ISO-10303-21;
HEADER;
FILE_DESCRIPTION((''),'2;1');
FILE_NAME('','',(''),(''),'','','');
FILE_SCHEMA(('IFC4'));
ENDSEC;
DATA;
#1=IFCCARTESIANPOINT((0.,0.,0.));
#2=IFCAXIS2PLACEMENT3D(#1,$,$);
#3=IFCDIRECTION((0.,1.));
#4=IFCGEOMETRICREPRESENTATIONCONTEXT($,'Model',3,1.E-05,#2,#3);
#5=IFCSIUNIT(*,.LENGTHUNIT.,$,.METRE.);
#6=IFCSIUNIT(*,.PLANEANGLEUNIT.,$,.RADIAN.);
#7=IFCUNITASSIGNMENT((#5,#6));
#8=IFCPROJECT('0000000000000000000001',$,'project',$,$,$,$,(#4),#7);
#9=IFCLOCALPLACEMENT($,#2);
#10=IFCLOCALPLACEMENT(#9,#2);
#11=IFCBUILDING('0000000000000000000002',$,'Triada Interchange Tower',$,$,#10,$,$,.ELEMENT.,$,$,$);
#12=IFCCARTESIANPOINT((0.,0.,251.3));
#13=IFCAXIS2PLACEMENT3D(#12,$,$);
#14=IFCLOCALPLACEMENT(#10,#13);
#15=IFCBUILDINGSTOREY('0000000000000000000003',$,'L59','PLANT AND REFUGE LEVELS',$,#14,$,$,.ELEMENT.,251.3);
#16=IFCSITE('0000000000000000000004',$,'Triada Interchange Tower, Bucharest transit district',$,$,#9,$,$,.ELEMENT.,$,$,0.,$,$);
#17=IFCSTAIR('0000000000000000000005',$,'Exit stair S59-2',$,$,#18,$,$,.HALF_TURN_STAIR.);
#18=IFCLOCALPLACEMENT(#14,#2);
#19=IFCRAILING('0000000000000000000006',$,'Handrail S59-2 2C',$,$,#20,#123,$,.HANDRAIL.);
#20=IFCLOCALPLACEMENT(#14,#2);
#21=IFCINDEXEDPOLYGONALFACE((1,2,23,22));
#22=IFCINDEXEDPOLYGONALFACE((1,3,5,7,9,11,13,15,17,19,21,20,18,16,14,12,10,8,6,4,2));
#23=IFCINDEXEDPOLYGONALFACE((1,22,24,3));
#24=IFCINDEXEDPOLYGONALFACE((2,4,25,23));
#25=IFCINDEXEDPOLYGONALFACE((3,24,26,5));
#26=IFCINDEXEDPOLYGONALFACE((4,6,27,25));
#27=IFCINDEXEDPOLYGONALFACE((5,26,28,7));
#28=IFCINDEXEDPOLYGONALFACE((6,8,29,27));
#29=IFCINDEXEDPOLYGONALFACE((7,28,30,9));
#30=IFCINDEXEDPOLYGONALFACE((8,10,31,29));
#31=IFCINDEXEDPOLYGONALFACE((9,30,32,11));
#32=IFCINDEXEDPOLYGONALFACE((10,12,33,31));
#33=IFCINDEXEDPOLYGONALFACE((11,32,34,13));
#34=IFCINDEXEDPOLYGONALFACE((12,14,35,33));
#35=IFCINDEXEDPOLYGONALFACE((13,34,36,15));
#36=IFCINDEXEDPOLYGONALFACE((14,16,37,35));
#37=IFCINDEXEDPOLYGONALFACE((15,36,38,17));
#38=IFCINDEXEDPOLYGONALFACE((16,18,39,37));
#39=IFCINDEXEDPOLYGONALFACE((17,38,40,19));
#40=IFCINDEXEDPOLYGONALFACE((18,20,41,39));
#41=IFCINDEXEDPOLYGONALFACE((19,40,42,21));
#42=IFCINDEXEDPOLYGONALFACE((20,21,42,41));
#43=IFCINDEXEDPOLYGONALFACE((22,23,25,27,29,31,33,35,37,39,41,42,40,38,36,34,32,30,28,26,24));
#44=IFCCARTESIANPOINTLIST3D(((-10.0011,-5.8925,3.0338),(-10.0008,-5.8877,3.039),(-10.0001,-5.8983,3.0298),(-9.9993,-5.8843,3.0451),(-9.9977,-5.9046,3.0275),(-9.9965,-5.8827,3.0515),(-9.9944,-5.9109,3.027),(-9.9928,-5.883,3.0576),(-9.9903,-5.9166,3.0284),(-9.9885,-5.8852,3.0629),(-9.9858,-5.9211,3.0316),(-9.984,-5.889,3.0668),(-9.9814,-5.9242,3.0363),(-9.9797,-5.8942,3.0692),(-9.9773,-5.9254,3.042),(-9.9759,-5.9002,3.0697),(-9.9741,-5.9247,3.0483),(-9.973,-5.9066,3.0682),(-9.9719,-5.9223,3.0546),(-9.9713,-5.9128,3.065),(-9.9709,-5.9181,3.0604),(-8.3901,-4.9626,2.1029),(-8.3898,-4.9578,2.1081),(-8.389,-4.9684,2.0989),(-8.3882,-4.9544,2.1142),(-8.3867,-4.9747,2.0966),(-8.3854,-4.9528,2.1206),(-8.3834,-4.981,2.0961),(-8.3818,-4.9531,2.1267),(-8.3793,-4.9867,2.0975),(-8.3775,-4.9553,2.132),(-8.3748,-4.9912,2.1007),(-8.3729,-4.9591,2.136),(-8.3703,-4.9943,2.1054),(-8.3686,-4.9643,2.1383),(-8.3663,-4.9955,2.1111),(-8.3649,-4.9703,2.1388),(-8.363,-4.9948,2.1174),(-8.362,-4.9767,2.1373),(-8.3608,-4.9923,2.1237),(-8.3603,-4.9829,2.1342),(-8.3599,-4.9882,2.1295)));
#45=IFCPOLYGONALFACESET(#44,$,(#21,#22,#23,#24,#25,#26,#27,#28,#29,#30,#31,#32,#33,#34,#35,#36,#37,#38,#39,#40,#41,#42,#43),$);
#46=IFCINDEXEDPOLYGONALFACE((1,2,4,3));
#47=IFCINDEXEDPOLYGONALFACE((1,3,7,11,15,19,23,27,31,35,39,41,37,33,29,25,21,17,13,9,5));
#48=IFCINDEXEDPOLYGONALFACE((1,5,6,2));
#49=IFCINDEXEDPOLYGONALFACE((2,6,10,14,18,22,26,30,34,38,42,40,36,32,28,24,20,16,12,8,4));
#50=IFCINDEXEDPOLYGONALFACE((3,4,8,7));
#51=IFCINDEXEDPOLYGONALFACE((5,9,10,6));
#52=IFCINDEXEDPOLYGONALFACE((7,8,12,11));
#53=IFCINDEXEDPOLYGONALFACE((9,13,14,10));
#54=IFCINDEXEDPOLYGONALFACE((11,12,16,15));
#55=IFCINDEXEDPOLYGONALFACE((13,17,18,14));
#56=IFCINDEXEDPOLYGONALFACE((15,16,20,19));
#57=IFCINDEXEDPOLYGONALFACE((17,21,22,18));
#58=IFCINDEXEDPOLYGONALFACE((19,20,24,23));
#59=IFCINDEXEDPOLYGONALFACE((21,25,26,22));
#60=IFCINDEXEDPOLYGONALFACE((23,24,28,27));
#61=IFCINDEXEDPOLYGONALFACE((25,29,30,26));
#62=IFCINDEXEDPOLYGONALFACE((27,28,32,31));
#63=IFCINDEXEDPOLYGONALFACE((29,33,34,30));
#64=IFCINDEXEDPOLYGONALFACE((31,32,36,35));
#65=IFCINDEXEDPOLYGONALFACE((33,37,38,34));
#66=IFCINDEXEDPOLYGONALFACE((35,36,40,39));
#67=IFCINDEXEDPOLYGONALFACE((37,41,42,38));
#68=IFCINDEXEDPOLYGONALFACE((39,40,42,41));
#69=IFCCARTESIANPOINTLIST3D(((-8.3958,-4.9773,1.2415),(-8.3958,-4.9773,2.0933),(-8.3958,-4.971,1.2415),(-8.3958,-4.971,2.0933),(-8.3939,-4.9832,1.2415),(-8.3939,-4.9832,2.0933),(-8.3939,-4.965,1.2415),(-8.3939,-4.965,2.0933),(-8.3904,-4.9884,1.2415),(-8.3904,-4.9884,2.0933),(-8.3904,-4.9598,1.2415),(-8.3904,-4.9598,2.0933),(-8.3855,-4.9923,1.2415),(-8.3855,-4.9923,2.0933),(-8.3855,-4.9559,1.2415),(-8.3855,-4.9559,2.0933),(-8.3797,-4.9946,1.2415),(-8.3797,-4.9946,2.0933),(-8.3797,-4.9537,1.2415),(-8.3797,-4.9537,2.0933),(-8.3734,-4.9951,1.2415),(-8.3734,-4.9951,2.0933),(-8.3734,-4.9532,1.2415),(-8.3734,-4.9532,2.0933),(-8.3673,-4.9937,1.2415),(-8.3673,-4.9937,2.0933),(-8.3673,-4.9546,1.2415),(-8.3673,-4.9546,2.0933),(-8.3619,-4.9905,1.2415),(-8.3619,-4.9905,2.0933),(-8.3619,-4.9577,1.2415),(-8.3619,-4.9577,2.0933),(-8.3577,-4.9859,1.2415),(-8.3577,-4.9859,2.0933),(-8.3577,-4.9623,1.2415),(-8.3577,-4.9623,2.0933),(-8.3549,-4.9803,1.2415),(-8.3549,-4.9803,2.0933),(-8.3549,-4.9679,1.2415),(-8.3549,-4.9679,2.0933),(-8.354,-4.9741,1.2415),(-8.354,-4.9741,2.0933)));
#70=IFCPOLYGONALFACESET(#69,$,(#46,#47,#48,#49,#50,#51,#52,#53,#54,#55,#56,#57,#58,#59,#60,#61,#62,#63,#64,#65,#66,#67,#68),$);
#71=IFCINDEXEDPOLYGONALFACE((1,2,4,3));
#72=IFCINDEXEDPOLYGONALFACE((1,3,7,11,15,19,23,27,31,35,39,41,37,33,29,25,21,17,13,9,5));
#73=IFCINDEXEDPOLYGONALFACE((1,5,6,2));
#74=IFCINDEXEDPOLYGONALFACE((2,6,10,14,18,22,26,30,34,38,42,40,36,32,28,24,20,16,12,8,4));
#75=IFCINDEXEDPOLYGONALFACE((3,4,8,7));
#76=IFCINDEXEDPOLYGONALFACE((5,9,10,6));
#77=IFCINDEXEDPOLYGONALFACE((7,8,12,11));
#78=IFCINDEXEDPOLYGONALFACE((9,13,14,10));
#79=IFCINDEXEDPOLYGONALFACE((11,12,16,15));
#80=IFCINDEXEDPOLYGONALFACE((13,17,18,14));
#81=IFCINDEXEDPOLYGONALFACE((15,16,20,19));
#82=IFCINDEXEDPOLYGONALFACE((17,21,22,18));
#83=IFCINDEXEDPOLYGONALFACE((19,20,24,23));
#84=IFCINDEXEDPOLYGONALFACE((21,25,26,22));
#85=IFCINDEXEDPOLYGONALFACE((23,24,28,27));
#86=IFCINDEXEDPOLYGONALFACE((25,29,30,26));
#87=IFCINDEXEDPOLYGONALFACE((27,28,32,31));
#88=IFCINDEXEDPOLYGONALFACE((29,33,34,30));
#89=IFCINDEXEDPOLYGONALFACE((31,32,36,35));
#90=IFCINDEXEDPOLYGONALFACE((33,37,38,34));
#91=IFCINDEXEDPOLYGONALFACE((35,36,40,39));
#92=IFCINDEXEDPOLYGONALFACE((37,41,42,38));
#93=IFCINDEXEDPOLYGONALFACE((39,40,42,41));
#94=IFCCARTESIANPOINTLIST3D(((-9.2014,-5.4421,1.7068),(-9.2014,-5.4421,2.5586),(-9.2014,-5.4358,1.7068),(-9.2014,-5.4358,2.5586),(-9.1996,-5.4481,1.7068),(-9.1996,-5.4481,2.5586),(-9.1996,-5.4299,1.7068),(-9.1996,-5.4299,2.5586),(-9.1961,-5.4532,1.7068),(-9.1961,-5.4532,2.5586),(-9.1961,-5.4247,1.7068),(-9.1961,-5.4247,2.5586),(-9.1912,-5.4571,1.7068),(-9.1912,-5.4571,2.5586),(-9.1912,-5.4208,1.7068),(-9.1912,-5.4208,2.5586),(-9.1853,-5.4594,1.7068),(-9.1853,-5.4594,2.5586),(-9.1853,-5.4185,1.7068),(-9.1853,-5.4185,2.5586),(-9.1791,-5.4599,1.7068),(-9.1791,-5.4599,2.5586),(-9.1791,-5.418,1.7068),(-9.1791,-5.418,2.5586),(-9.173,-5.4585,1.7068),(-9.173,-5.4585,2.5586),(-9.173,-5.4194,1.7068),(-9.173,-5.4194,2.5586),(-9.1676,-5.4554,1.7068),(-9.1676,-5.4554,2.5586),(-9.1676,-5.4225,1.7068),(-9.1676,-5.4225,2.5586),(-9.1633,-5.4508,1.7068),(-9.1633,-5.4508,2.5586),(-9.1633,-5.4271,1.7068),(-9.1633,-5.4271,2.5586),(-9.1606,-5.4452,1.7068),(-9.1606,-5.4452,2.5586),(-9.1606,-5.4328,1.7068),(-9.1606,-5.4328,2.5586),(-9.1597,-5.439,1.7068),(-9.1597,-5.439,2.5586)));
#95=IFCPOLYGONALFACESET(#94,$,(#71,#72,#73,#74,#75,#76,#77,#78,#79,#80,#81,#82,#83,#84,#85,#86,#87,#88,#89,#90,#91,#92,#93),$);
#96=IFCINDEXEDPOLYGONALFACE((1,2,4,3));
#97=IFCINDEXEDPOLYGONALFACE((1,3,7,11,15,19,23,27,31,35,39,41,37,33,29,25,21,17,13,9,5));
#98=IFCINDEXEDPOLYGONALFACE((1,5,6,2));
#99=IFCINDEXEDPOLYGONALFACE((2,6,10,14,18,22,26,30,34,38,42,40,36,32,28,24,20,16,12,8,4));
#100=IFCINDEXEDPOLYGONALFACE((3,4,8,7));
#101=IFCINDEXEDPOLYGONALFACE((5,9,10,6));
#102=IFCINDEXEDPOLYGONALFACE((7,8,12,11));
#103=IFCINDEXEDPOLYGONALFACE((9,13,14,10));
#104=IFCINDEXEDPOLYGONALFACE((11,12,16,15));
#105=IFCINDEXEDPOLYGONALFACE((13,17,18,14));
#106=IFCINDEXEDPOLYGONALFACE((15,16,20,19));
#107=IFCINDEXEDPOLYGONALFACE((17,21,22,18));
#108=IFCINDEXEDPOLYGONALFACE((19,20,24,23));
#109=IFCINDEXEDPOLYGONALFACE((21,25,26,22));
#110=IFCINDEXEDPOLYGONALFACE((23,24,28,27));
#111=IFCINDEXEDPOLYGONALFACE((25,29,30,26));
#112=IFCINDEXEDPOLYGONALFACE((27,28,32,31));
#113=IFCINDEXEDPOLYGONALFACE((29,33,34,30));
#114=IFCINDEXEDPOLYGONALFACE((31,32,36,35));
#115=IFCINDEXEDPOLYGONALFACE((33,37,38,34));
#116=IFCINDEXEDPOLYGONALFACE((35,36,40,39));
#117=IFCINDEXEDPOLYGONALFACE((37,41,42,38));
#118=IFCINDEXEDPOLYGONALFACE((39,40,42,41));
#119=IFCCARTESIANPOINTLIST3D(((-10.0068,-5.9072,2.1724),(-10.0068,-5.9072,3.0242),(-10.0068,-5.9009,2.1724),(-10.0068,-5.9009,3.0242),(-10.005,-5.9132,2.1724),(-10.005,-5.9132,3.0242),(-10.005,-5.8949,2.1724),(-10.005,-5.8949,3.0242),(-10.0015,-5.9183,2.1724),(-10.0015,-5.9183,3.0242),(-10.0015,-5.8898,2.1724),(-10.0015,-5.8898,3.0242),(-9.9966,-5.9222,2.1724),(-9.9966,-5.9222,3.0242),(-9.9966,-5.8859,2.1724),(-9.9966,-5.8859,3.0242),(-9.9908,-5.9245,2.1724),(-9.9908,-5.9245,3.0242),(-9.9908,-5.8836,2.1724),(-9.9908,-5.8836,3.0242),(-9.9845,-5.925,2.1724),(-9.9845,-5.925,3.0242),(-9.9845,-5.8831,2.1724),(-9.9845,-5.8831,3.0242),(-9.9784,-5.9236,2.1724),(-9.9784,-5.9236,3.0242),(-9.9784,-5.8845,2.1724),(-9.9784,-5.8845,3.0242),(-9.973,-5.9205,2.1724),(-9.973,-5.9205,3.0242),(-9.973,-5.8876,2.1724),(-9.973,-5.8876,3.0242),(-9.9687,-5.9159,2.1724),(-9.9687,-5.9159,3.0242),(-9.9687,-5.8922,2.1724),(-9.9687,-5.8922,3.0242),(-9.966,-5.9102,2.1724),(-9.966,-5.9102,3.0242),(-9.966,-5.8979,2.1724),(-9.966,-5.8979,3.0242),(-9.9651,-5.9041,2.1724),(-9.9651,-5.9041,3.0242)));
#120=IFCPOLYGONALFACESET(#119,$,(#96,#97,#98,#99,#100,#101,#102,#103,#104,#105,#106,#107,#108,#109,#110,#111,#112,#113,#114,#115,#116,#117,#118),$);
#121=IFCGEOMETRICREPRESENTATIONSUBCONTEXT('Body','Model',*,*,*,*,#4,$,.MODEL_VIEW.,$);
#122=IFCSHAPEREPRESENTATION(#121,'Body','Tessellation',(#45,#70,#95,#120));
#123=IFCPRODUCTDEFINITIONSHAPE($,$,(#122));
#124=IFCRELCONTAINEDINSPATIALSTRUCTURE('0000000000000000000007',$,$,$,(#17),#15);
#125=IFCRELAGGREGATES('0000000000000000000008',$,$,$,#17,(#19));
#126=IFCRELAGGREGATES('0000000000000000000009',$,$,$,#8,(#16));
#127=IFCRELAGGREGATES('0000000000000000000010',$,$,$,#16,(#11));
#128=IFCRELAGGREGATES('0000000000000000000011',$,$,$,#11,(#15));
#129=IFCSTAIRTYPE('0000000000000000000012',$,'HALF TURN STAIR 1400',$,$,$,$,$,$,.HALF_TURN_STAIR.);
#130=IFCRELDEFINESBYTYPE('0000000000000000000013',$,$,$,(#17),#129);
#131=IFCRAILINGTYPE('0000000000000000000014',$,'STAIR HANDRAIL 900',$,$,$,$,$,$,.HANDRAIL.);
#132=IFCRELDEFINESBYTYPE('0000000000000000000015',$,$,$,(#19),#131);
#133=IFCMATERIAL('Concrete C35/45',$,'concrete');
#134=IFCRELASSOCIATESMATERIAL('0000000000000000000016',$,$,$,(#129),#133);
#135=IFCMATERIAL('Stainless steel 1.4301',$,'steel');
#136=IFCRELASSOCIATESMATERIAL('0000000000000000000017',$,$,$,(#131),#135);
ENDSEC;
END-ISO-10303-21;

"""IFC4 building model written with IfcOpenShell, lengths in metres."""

from ifc_helpers import new_model, si_unit, direction, frame, origin, origin_2d, place, context, subcontext, project, spatial, circle, extrude, material, type_object, element, aggregate, save


model = new_model("IFC4")

# Units and contexts
model_context = context("Model", 3, precision=1e-05, world=origin(), true_north=direction((0.0, 1.0)))
body_context = subcontext(model_context, "Body", "Model", "MODEL_VIEW")
ifc_project = project(units=[si_unit("LENGTHUNIT", "METRE"), si_unit("PLANEANGLEUNIT", "RADIAN")], contexts=[model_context])

# Site, building, storey
site_placement = place(None, origin())
site = spatial("IfcSite", under=ifc_project, at=site_placement, Name="Triada Interchange Tower, Bucharest transit district", CompositionType="ELEMENT", RefElevation=0.0)
building_placement = place(site_placement, origin())
building = spatial("IfcBuilding", under=site, at=building_placement, Name="Triada Interchange Tower", CompositionType="ELEMENT")
storey_placement = place(building_placement, frame((0.0, 0.0, 251.3)))
storey = spatial("IfcBuildingStorey", under=building, at=storey_placement, Name="L59", Description="PLANT AND REFUGE LEVELS", CompositionType="ELEMENT", Elevation=251.3)

# Shared definitions
ifc_material_1 = material(Name="Concrete C35/45", Category="concrete")

# Stair, railing
stair_type = type_object("IfcStairType", Name="HALF TURN STAIR 1400", PredefinedType="HALF_TURN_STAIR", material=ifc_material_1)
stair_placement = place(storey_placement, origin())
stair = element("IfcStair", 1, at=stair_placement, inside=storey, type_object=stair_type, Name="Exit stair S59-2", PredefinedType="HALF_TURN_STAIR")
ifc_material_2 = material(Name="Stainless steel 1.4301", Category="steel")
railing_type_1 = type_object("IfcRailingType", Name="STAIR HANDRAIL 900", PredefinedType="HANDRAIL", material=ifc_material_2)
railing_1_placement = place(storey_placement, frame((-8.375, -4.9741, 1.2415)))
railing_1 = element("IfcRailing", 2, at=railing_1_placement, type_object=railing_type_1, Name="Handrail S59-2 2C", PredefinedType="HANDRAIL", context=body_context, shape_type="SweptSolid", body=[
    extrude(circle(Radius=0.0239, at=origin_2d()), frame((0.0, 0.0, 0.876), z_axis=(-0.77451, -0.447054, 0.447523), x_axis=(0.499908, -0.866079, 0.0)), (0.0, 0.0, 1.0), 2.0801),
    extrude(circle(Radius=0.021, at=origin_2d()), origin(), (0.0, 0.0, 1.0), 0.8518),
    extrude(circle(Radius=0.021, at=origin_2d()), frame((-0.8057, -0.4648, 0.4653)), (0.0, 0.0, 1.0), 0.8518),
    extrude(circle(Radius=0.021, at=origin_2d()), frame((-1.6111, -0.9299, 0.9309)), (0.0, 0.0, 1.0), 0.8518),
])
aggregate(stair, [railing_1])

save(model, "model.ifc")
